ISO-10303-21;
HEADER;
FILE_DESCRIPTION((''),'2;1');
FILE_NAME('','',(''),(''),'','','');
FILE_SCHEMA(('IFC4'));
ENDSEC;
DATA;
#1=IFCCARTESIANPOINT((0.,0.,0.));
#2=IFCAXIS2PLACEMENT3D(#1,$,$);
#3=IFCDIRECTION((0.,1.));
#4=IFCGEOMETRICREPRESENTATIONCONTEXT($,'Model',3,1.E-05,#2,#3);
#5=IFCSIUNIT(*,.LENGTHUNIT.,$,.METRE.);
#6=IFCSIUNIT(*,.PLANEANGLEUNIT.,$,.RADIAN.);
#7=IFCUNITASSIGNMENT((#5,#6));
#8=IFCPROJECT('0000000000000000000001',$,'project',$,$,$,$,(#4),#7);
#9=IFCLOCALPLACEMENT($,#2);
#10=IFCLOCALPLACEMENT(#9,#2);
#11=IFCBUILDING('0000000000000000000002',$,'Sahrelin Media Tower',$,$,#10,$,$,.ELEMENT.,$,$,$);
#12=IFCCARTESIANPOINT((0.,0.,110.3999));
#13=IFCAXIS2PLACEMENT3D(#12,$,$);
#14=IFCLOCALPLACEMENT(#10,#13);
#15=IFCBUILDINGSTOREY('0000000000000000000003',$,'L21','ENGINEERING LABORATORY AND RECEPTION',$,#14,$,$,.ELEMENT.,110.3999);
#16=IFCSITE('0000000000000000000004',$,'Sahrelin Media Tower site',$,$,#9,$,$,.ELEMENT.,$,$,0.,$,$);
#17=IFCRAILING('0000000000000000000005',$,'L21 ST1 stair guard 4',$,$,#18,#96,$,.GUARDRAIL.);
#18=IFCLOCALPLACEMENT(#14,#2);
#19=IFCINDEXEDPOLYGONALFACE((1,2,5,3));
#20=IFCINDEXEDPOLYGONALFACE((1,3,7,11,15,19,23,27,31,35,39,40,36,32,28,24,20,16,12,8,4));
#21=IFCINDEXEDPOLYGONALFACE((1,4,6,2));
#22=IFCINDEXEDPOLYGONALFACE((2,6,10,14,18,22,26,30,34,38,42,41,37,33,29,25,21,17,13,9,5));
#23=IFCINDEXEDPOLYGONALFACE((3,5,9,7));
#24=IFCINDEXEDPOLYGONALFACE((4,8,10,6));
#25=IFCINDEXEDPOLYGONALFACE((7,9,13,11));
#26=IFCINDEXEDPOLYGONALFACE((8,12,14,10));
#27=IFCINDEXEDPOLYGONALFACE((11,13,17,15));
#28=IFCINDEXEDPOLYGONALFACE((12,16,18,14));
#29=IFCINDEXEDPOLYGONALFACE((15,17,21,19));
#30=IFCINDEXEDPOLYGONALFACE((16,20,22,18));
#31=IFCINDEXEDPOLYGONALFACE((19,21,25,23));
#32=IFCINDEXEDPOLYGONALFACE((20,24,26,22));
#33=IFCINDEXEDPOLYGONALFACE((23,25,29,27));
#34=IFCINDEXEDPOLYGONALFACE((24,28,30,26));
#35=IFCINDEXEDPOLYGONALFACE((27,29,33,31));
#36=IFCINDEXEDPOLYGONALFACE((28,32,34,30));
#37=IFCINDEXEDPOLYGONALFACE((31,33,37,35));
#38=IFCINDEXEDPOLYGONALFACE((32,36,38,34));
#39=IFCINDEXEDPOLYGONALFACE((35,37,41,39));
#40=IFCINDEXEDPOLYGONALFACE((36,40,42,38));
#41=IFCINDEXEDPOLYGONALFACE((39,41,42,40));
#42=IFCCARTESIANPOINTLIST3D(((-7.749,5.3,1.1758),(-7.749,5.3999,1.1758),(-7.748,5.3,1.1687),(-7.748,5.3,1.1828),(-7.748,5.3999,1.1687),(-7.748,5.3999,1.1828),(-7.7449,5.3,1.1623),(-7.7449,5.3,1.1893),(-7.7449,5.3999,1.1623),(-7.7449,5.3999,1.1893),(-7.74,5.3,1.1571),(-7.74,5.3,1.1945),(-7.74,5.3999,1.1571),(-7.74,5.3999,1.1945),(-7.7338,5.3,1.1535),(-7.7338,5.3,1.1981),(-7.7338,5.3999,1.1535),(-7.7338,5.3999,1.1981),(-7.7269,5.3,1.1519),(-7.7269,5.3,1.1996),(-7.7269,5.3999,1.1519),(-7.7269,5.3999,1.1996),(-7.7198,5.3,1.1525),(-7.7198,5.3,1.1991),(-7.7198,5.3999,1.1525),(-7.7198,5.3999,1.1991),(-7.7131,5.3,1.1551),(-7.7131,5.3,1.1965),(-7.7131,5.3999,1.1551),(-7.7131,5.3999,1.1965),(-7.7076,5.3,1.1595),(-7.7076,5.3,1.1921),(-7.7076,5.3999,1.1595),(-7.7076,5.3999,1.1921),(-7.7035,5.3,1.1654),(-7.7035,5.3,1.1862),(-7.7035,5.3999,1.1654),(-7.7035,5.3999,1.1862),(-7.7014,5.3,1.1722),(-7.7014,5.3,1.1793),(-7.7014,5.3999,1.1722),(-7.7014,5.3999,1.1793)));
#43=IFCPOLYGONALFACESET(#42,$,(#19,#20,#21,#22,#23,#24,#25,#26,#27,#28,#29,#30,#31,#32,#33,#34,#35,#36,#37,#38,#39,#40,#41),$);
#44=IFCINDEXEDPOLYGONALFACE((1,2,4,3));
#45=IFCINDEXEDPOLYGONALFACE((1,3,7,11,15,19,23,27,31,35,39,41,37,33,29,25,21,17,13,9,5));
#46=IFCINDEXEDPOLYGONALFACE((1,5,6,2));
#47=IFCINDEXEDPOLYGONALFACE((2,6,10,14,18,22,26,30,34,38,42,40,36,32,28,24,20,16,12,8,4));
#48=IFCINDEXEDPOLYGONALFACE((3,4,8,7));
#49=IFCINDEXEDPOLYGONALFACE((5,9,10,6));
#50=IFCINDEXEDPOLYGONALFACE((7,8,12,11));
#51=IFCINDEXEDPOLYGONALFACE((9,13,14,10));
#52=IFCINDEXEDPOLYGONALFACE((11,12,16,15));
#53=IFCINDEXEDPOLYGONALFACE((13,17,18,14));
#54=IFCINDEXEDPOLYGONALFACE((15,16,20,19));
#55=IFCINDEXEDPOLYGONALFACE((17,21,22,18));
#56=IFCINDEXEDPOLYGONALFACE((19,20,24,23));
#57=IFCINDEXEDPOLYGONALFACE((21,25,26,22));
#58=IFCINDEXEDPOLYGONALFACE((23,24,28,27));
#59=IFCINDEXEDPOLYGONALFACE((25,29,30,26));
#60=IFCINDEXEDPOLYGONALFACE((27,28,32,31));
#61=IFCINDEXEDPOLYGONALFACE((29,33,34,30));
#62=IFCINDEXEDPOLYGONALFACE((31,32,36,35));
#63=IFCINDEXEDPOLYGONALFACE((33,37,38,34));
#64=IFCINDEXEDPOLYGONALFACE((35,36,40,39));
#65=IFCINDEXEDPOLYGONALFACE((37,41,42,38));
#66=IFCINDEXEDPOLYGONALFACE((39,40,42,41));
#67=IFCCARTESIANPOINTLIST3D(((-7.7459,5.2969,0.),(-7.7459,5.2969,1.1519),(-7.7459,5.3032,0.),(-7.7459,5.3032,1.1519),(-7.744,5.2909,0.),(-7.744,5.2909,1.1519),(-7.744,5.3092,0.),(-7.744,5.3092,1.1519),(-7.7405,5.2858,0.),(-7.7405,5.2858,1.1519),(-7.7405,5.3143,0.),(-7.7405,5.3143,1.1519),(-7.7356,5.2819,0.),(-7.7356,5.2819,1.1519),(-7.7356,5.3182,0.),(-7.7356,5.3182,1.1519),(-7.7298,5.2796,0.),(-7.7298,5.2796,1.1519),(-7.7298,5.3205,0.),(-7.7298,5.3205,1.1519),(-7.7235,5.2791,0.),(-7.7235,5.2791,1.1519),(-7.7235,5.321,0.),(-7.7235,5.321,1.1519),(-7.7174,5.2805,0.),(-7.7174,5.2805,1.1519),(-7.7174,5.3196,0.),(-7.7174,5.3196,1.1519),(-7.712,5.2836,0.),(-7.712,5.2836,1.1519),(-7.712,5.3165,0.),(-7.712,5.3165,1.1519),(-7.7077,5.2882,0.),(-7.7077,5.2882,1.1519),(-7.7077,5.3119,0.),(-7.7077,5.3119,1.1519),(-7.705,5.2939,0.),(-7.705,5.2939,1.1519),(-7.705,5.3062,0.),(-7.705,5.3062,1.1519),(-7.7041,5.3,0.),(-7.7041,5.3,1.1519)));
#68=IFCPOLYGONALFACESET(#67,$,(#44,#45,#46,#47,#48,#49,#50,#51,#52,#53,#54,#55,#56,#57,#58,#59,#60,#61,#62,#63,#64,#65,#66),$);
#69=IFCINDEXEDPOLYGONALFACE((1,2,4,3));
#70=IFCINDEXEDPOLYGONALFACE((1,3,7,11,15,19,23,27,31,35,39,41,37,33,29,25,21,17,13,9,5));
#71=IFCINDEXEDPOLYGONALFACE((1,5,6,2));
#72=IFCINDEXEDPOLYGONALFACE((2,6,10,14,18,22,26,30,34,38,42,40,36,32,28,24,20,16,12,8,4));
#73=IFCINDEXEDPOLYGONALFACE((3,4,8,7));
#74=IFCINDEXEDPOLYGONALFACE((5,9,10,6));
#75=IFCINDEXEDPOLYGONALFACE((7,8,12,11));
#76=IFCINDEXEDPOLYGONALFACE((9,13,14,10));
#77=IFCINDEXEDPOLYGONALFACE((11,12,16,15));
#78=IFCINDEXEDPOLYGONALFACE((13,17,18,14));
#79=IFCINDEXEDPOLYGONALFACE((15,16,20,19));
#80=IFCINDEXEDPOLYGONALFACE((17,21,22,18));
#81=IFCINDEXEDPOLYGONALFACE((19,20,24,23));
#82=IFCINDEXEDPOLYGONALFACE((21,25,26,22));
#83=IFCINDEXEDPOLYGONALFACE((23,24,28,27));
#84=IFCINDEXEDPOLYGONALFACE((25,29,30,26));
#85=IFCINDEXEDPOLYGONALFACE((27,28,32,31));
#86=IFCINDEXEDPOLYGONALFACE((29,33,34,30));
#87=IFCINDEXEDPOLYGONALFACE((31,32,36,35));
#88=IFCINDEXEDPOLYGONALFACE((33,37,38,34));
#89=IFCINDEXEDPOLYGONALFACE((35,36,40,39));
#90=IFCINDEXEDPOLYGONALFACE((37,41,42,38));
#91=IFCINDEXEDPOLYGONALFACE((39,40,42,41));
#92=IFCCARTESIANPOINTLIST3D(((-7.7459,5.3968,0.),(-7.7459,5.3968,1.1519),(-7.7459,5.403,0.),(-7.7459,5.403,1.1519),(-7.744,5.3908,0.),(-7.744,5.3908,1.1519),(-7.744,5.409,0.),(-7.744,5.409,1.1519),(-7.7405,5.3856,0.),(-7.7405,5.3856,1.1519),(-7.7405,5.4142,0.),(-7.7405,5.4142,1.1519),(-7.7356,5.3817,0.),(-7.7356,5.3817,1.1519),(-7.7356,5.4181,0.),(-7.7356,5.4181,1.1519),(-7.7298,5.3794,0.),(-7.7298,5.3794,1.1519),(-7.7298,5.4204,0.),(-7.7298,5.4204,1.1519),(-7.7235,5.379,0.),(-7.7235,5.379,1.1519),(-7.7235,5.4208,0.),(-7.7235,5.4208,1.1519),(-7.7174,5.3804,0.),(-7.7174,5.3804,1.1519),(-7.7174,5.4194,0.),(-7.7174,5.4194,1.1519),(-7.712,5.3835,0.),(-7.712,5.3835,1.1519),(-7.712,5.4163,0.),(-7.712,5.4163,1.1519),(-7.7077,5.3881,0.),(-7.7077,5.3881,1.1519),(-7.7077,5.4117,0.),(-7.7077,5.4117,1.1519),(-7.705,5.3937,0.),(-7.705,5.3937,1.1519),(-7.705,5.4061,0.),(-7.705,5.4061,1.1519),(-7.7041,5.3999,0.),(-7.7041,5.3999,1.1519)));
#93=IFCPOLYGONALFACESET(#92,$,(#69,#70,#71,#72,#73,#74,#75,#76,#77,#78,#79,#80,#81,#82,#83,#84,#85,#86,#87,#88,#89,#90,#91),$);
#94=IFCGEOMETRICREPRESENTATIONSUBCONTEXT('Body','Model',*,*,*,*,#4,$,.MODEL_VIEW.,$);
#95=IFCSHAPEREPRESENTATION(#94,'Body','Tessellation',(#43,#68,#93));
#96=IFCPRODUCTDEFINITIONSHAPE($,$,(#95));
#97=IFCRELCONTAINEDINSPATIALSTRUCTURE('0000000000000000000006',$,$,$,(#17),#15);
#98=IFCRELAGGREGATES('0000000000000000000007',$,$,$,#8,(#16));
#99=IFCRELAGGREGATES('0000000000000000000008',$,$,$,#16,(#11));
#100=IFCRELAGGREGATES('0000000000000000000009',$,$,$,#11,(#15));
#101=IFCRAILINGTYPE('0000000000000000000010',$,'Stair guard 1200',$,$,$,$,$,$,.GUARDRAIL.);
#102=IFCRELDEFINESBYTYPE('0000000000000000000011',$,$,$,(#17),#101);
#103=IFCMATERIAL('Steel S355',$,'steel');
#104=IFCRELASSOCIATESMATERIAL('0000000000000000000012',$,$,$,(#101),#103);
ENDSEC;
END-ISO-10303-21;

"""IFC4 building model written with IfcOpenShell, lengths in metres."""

from ifc_helpers import new_model, si_unit, direction, frame, origin, origin_2d, place, context, subcontext, project, spatial, circle, extrude, material, type_object, element, save


model = new_model("IFC4")

# Units and contexts
model_context = context("Model", 3, precision=1e-05, world=origin(), true_north=direction((0.0, 1.0)))
body_context = subcontext(model_context, "Body", "Model", "MODEL_VIEW")
ifc_project = project(units=[si_unit("LENGTHUNIT", "METRE"), si_unit("PLANEANGLEUNIT", "RADIAN")], contexts=[model_context])

# Site, building, storey
site_placement = place(None, origin())
site = spatial("IfcSite", under=ifc_project, at=site_placement, Name="Sahrelin Media Tower site", CompositionType="ELEMENT", RefElevation=0.0)
building_placement = place(site_placement, origin())
building = spatial("IfcBuilding", under=site, at=building_placement, Name="Sahrelin Media Tower", CompositionType="ELEMENT")
storey_placement = place(building_placement, frame((0.0, 0.0, 110.3999)))
storey = spatial("IfcBuildingStorey", under=building, at=storey_placement, Name="L21", Description="ENGINEERING LABORATORY AND RECEPTION", CompositionType="ELEMENT", Elevation=110.3999)

# Shared definitions
ifc_material_1 = material(Name="Steel S355", Category="steel")

# Railing
railing_type_1 = type_object("IfcRailingType", Name="Stair guard 1200", PredefinedType="GUARDRAIL", material=ifc_material_1)
railing_1_placement = place(storey_placement, frame((-7.7251, 5.3, 0.0)))
element("IfcRailing", 1, at=railing_1_placement, inside=storey, type_object=railing_type_1, Name="L21 ST1 stair guard 4", PredefinedType="GUARDRAIL", context=body_context, shape_type="SweptSolid", body=[
    extrude(circle(Radius=0.0239, at=origin_2d()), frame((0.0, 0.0, 1.1758), z_axis=(0.0, 1.0, 0.0), x_axis=(-1.0, 0.0, 0.0)), (0.0, 0.0, 1.0), 0.0999),
    extrude(circle(Radius=0.021, at=origin_2d()), origin(), (0.0, 0.0, 1.0), 1.1519),
    extrude(circle(Radius=0.021, at=origin_2d()), frame((0.0, 0.0999, 0.0)), (0.0, 0.0, 1.0), 1.1519),
])

save(model, "model.ifc")
